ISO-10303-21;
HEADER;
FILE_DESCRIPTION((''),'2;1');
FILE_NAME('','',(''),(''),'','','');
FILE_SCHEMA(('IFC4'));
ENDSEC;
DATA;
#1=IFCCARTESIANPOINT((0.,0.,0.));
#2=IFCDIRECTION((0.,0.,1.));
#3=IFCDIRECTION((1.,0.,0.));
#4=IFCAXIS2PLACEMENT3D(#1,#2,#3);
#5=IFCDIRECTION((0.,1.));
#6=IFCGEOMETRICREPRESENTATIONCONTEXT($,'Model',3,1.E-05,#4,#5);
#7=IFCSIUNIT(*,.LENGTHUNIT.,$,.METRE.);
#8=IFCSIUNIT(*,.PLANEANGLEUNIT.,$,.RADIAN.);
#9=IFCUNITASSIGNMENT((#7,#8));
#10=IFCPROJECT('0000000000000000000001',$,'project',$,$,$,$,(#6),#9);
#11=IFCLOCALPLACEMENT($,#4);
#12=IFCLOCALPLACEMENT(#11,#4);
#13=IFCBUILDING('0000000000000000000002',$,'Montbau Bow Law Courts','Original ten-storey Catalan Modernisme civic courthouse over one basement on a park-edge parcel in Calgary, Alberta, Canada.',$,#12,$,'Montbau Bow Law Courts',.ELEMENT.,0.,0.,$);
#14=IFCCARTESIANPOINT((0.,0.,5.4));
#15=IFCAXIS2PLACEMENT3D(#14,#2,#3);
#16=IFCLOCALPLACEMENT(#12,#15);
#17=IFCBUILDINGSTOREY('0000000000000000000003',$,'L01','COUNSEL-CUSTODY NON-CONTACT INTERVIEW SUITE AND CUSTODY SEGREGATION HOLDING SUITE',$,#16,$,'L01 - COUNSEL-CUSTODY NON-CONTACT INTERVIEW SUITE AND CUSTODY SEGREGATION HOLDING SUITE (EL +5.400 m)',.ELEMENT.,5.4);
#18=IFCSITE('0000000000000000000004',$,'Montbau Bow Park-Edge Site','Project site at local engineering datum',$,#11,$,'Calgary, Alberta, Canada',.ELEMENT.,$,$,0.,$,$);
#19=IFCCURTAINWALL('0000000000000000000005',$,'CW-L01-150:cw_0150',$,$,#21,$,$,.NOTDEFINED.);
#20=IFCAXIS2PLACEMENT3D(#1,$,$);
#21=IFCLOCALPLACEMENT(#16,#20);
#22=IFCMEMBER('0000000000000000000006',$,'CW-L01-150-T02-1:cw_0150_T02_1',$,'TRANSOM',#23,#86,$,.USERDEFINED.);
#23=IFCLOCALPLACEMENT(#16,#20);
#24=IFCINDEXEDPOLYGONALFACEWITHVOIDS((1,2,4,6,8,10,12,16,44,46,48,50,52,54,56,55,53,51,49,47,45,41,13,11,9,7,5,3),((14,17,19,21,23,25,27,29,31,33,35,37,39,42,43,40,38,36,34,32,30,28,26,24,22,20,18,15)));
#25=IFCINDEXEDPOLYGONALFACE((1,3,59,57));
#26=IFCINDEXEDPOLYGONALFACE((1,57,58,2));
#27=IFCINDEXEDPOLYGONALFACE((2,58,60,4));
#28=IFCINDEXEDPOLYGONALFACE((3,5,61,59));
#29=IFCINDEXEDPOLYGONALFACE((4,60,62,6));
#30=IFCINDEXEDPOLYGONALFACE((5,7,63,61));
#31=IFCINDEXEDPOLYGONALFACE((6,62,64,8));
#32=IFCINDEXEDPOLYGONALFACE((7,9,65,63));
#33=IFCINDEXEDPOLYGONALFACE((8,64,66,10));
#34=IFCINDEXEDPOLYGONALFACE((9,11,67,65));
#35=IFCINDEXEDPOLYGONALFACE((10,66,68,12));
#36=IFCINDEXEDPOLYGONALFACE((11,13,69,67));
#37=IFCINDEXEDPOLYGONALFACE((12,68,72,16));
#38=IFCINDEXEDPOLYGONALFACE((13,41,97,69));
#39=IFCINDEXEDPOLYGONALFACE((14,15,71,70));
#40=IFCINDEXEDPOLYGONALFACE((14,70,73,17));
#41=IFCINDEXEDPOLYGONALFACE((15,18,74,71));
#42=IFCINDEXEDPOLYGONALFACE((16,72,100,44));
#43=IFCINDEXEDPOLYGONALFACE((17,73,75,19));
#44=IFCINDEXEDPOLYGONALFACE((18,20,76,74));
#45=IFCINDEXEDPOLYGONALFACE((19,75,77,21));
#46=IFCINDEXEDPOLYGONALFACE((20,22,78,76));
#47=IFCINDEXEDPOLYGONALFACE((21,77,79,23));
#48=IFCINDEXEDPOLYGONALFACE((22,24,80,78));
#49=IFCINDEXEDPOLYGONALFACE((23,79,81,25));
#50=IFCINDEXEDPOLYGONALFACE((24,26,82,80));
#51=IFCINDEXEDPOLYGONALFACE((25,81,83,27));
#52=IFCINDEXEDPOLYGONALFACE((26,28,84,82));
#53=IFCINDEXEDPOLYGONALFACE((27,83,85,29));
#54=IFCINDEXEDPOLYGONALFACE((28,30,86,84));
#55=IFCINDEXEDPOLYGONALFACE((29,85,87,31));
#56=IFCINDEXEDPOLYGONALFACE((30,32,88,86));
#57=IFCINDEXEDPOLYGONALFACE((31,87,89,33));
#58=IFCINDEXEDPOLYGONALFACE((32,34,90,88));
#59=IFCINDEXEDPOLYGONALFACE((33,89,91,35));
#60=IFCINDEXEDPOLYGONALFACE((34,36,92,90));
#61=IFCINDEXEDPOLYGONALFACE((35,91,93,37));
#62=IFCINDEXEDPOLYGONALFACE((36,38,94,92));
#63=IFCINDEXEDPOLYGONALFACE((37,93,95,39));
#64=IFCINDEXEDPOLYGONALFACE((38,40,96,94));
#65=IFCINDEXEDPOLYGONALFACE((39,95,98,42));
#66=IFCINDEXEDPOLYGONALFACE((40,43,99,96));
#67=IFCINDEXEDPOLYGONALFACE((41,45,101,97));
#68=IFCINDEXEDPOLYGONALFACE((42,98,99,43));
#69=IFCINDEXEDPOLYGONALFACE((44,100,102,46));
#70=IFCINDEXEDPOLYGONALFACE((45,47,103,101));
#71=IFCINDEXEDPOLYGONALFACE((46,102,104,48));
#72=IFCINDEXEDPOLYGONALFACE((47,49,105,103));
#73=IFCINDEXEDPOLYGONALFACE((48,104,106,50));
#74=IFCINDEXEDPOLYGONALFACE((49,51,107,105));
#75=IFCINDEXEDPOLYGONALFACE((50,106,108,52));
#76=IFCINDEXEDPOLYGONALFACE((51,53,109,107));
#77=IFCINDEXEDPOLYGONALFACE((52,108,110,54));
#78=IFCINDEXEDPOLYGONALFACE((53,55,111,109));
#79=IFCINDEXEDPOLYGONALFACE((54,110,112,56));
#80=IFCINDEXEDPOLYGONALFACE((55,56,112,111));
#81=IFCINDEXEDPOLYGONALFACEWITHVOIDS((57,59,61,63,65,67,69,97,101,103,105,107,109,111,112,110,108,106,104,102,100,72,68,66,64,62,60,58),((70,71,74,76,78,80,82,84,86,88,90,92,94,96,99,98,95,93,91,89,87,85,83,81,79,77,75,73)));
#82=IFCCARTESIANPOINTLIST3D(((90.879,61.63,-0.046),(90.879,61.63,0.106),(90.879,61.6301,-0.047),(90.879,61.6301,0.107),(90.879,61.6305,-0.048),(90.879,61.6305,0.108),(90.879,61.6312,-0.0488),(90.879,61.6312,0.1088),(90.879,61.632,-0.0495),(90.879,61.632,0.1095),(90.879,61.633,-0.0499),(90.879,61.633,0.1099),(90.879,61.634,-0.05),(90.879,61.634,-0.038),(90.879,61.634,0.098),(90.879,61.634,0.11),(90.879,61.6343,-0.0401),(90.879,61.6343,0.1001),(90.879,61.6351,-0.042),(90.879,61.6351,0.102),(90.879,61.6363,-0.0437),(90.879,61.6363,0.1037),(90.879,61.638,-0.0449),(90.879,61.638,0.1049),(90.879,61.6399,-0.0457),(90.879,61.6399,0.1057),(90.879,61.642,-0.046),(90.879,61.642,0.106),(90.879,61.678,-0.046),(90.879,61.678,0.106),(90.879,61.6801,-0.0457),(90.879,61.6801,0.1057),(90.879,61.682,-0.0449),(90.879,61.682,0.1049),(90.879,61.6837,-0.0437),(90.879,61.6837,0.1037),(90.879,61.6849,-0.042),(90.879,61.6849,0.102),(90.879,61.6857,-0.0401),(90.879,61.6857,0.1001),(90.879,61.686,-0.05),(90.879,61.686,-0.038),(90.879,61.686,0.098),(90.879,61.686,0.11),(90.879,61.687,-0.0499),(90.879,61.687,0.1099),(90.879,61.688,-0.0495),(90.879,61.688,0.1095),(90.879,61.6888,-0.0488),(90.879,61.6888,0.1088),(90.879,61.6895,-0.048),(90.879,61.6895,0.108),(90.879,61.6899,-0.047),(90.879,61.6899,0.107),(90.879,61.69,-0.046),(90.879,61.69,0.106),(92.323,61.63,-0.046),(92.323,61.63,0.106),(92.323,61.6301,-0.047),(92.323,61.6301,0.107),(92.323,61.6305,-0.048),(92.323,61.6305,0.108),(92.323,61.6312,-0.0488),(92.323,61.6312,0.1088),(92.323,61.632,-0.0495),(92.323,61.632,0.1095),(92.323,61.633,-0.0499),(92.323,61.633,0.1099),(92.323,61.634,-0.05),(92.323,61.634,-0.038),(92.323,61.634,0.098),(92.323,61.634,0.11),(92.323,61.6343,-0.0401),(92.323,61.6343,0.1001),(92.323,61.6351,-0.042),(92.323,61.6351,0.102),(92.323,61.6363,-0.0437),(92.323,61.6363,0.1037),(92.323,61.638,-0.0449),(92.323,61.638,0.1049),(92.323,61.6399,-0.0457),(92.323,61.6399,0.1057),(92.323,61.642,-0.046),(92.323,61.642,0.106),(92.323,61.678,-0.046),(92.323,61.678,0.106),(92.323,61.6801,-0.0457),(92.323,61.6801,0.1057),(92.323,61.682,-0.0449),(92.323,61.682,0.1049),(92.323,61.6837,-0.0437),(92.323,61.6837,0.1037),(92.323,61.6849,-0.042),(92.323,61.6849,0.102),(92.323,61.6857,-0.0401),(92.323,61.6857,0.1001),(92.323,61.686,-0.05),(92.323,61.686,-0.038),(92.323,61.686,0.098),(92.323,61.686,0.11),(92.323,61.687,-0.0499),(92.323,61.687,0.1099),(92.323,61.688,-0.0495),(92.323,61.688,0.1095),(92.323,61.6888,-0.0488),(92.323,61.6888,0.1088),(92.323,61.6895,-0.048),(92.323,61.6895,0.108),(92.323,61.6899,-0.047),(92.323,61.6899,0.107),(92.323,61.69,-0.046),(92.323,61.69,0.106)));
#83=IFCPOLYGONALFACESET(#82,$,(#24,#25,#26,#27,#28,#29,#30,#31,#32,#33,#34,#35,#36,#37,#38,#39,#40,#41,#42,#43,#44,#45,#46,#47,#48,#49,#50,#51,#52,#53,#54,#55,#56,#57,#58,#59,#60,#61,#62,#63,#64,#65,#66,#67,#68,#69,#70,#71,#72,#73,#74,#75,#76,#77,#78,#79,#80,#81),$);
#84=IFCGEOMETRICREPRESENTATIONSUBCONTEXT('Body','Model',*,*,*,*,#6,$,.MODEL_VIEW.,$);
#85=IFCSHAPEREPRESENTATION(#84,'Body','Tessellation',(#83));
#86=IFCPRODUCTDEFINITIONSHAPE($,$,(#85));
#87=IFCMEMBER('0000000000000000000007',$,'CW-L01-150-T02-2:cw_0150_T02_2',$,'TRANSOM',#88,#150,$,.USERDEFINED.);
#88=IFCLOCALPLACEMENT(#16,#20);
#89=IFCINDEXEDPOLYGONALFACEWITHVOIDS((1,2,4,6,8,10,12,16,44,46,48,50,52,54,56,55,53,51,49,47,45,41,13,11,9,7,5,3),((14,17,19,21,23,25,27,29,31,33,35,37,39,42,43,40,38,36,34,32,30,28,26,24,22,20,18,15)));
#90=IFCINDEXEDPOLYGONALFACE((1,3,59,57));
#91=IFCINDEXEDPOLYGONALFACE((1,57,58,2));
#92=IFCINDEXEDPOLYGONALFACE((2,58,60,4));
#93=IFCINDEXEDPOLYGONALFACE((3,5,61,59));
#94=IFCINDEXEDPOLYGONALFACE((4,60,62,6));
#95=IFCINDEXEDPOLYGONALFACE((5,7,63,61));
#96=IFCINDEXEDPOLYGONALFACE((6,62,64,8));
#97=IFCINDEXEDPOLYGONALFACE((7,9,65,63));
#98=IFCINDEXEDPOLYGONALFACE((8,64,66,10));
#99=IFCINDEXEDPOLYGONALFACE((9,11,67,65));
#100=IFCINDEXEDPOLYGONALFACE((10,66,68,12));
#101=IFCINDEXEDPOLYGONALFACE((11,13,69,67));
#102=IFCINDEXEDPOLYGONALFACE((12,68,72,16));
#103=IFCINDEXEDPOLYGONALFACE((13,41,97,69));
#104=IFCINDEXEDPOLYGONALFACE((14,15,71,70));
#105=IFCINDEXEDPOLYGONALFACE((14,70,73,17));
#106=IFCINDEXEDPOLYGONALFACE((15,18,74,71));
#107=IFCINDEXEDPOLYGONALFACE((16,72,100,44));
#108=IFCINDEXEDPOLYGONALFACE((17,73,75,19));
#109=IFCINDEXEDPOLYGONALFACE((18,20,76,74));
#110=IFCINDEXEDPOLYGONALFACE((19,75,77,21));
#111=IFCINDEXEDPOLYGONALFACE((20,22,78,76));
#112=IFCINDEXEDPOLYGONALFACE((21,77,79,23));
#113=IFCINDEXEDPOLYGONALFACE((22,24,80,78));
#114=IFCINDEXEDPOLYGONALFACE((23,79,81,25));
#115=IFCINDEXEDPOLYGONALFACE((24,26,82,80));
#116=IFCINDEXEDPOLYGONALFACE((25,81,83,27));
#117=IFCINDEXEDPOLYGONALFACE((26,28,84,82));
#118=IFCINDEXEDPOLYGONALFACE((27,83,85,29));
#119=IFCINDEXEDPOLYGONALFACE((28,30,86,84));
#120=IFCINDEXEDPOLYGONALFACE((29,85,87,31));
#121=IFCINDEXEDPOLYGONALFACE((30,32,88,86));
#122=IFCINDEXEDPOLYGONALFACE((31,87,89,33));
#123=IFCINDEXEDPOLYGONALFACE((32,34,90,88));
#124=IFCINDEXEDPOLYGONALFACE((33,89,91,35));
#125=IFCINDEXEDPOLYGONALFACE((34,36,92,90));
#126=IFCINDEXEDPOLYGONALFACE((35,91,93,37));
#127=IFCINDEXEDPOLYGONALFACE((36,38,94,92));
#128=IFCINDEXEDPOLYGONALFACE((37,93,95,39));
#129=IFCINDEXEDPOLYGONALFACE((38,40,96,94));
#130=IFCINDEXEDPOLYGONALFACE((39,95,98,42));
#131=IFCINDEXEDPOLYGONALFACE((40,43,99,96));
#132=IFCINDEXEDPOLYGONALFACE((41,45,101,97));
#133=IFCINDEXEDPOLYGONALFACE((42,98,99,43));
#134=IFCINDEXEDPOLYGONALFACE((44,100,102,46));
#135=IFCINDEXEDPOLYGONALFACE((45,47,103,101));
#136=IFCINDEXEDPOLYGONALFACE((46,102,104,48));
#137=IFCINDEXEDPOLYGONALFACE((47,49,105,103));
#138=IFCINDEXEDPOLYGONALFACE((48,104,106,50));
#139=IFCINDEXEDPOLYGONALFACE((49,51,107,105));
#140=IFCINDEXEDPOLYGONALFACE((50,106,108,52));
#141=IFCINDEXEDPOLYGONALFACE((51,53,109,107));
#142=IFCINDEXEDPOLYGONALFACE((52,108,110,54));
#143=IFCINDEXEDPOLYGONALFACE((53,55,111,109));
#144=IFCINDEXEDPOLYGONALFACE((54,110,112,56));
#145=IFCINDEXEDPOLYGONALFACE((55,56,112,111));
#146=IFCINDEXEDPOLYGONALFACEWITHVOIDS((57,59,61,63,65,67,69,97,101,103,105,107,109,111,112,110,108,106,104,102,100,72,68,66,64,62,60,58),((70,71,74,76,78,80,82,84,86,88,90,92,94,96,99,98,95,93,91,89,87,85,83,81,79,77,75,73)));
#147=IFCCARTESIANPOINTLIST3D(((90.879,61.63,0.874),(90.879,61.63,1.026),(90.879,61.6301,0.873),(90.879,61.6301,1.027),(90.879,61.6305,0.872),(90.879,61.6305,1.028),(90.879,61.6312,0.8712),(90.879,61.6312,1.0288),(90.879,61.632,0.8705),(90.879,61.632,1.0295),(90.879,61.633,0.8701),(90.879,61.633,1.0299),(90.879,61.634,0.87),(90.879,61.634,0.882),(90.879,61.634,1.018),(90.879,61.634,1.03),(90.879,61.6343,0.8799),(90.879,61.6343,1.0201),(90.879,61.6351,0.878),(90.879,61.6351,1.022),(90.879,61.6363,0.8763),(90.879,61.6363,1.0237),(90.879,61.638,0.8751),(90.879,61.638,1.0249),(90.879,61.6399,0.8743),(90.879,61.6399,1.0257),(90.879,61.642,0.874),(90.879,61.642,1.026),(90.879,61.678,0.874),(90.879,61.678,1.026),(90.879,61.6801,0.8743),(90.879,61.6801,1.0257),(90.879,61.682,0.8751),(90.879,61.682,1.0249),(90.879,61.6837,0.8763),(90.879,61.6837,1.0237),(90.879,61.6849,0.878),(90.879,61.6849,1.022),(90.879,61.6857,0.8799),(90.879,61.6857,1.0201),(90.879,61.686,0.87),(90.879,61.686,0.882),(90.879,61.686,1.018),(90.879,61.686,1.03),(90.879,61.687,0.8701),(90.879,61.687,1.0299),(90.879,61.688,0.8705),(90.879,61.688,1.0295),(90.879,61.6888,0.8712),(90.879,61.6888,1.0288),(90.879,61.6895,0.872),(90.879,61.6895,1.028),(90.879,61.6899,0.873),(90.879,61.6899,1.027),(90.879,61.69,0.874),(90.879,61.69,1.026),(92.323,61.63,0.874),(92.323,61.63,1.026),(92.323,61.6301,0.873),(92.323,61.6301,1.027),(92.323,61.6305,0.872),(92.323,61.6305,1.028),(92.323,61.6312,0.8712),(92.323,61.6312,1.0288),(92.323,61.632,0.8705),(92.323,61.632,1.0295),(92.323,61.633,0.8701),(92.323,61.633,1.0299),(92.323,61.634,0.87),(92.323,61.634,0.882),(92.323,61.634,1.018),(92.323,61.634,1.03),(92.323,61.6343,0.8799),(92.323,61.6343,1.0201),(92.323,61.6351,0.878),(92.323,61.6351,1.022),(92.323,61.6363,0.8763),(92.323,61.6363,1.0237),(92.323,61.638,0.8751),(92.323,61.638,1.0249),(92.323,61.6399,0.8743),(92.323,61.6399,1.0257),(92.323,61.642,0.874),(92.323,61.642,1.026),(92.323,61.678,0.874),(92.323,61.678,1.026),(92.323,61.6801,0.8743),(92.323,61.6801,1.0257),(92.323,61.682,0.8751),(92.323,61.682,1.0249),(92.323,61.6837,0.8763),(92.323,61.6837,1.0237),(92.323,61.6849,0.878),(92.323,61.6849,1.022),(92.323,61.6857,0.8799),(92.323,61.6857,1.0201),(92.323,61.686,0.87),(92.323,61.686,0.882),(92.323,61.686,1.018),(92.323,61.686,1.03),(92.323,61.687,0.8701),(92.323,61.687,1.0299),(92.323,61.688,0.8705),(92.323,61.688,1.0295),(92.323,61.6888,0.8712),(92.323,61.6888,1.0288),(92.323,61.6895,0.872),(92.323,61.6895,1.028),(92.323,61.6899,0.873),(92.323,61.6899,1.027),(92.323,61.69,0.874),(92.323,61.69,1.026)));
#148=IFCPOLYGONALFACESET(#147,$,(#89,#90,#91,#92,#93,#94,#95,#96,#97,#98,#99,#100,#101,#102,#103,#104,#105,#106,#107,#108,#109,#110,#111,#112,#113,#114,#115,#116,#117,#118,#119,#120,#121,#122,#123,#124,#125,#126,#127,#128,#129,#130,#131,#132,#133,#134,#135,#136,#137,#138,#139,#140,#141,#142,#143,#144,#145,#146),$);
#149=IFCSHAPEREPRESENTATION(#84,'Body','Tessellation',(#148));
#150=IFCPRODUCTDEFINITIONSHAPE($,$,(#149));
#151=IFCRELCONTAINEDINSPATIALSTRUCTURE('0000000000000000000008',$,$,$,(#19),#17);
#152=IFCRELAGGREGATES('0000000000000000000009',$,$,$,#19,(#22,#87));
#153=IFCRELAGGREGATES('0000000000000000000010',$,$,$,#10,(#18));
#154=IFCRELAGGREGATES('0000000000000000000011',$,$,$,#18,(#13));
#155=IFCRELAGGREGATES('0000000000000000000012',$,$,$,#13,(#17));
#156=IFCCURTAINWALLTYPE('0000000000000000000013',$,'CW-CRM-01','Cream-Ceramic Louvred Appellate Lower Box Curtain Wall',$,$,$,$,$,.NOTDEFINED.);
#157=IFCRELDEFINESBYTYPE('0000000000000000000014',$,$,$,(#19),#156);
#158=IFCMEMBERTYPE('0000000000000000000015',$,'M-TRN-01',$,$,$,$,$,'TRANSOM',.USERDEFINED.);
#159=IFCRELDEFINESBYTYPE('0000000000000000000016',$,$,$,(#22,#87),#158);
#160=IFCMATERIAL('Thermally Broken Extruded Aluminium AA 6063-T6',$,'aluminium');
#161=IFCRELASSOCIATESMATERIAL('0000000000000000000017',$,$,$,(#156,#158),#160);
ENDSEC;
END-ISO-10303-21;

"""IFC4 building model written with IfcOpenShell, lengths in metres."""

from ifc_helpers import new_model, si_unit, direction, frame, origin_with_axes, origin_2d_with_axis, place, context, subcontext, project, spatial, hollow_rectangle, extrude, material, material_profile, profile_set, type_object, element, aggregate, save


model = new_model("IFC4")

# Units and contexts
model_context = context("Model", 3, precision=1e-05, world=origin_with_axes(), true_north=direction((0.0, 1.0)))
body_context = subcontext(model_context, "Body", "Model", "MODEL_VIEW")
ifc_project = project(units=[si_unit("LENGTHUNIT", "METRE"), si_unit("PLANEANGLEUNIT", "RADIAN")], contexts=[model_context])

# Site, building, storey
site_placement = place(None, origin_with_axes())
site = spatial("IfcSite", under=ifc_project, at=site_placement, Name="Montbau Bow Park-Edge Site", Description="Project site at local engineering datum", LongName="Calgary, Alberta, Canada", CompositionType="ELEMENT", RefElevation=0.0)
building_placement = place(site_placement, origin_with_axes())
building = spatial("IfcBuilding", under=site, at=building_placement, Name="Montbau Bow Law Courts", Description="Original ten-storey Catalan Modernisme civic courthouse over one basement on a park-edge parcel in Calgary, Alberta, Canada.", LongName="Montbau Bow Law Courts", CompositionType="ELEMENT", ElevationOfRefHeight=0.0, ElevationOfTerrain=0.0)
storey_placement = place(building_placement, frame((0.0, 0.0, 5.4), z_axis=(0.0, 0.0, 1.0), x_axis=(1.0, 0.0, 0.0)))
storey = spatial("IfcBuildingStorey", under=building, at=storey_placement, Name="L01", Description="COUNSEL-CUSTODY NON-CONTACT INTERVIEW SUITE AND CUSTODY SEGREGATION HOLDING SUITE", LongName="L01 - COUNSEL-CUSTODY NON-CONTACT INTERVIEW SUITE AND CUSTODY SEGREGATION HOLDING SUITE (EL +5.400 m)", CompositionType="ELEMENT", Elevation=5.4)

# Curtain wall
ifc_material_1 = material(Name="Thermally Broken Extruded Aluminium AA 6063-T6", Category="aluminium")
curtain_wall_type = type_object("IfcCurtainWallType", Name="CW-CRM-01", Description="Cream-Ceramic Louvred Appellate Lower Box Curtain Wall", PredefinedType="NOTDEFINED", material=ifc_material_1)
curtain_wall_1_placement = place(None, frame((89.315, 61.66, 5.4), z_axis=(0.0, 0.0, 1.0), x_axis=(1.0, 0.0, 0.0)))
curtain_wall_1 = element("IfcCurtainWall", 1, at=curtain_wall_1_placement, inside=storey, type_object=curtain_wall_type, Name="CW-L01-150:cw_0150", PredefinedType="NOTDEFINED")

# Members
ifc_material_profile_1 = material_profile(ifc_material_1, hollow_rectangle(XDim=0.06, YDim=0.16, WallThickness=0.004, InnerFilletRadius=0.008, OuterFilletRadius=0.004, at=origin_2d_with_axis()), Name="CWT-160X60", Category="Main", Priority=0)
ifc_profile_set_1 = profile_set([ifc_material_profile_1], Name="Thermally Broken Extruded Aluminium AA 6063-T6")
member_type_1 = type_object("IfcMemberType", Name="M-TRN-01", ElementType="TRANSOM", PredefinedType="USERDEFINED", material=ifc_profile_set_1)
member_1_placement = place(None, frame((90.879, 61.66, 5.43), z_axis=(1.0, 0.0, 0.0), x_axis=(0.0, 1.0, 0.0)))
member_1 = element("IfcMember", 2, at=member_1_placement, type_object=member_type_1, Name="CW-L01-150-T02-1:cw_0150_T02_1", ObjectType="TRANSOM", PredefinedType="USERDEFINED", context=body_context, shape_type="SweptSolid", body=[
    extrude(hollow_rectangle(XDim=0.06, YDim=0.16, WallThickness=0.004, InnerFilletRadius=0.008, OuterFilletRadius=0.004, at=origin_2d_with_axis()), origin_with_axes(), (0.0, 0.0, 1.0), 1.444),
])
member_2_placement = place(None, frame((90.879, 61.66, 6.35), z_axis=(1.0, 0.0, 0.0), x_axis=(0.0, 1.0, 0.0)))
member_2 = element("IfcMember", 3, at=member_2_placement, type_object=member_type_1, Name="CW-L01-150-T02-2:cw_0150_T02_2", ObjectType="TRANSOM", PredefinedType="USERDEFINED", context=body_context, shape_type="SweptSolid", body=[
    extrude(hollow_rectangle(XDim=0.06, YDim=0.16, WallThickness=0.004, InnerFilletRadius=0.008, OuterFilletRadius=0.004, at=origin_2d_with_axis()), origin_with_axes(), (0.0, 0.0, 1.0), 1.444),
])

aggregate(curtain_wall_1, [member_1, member_2])

save(model, "model.ifc")
